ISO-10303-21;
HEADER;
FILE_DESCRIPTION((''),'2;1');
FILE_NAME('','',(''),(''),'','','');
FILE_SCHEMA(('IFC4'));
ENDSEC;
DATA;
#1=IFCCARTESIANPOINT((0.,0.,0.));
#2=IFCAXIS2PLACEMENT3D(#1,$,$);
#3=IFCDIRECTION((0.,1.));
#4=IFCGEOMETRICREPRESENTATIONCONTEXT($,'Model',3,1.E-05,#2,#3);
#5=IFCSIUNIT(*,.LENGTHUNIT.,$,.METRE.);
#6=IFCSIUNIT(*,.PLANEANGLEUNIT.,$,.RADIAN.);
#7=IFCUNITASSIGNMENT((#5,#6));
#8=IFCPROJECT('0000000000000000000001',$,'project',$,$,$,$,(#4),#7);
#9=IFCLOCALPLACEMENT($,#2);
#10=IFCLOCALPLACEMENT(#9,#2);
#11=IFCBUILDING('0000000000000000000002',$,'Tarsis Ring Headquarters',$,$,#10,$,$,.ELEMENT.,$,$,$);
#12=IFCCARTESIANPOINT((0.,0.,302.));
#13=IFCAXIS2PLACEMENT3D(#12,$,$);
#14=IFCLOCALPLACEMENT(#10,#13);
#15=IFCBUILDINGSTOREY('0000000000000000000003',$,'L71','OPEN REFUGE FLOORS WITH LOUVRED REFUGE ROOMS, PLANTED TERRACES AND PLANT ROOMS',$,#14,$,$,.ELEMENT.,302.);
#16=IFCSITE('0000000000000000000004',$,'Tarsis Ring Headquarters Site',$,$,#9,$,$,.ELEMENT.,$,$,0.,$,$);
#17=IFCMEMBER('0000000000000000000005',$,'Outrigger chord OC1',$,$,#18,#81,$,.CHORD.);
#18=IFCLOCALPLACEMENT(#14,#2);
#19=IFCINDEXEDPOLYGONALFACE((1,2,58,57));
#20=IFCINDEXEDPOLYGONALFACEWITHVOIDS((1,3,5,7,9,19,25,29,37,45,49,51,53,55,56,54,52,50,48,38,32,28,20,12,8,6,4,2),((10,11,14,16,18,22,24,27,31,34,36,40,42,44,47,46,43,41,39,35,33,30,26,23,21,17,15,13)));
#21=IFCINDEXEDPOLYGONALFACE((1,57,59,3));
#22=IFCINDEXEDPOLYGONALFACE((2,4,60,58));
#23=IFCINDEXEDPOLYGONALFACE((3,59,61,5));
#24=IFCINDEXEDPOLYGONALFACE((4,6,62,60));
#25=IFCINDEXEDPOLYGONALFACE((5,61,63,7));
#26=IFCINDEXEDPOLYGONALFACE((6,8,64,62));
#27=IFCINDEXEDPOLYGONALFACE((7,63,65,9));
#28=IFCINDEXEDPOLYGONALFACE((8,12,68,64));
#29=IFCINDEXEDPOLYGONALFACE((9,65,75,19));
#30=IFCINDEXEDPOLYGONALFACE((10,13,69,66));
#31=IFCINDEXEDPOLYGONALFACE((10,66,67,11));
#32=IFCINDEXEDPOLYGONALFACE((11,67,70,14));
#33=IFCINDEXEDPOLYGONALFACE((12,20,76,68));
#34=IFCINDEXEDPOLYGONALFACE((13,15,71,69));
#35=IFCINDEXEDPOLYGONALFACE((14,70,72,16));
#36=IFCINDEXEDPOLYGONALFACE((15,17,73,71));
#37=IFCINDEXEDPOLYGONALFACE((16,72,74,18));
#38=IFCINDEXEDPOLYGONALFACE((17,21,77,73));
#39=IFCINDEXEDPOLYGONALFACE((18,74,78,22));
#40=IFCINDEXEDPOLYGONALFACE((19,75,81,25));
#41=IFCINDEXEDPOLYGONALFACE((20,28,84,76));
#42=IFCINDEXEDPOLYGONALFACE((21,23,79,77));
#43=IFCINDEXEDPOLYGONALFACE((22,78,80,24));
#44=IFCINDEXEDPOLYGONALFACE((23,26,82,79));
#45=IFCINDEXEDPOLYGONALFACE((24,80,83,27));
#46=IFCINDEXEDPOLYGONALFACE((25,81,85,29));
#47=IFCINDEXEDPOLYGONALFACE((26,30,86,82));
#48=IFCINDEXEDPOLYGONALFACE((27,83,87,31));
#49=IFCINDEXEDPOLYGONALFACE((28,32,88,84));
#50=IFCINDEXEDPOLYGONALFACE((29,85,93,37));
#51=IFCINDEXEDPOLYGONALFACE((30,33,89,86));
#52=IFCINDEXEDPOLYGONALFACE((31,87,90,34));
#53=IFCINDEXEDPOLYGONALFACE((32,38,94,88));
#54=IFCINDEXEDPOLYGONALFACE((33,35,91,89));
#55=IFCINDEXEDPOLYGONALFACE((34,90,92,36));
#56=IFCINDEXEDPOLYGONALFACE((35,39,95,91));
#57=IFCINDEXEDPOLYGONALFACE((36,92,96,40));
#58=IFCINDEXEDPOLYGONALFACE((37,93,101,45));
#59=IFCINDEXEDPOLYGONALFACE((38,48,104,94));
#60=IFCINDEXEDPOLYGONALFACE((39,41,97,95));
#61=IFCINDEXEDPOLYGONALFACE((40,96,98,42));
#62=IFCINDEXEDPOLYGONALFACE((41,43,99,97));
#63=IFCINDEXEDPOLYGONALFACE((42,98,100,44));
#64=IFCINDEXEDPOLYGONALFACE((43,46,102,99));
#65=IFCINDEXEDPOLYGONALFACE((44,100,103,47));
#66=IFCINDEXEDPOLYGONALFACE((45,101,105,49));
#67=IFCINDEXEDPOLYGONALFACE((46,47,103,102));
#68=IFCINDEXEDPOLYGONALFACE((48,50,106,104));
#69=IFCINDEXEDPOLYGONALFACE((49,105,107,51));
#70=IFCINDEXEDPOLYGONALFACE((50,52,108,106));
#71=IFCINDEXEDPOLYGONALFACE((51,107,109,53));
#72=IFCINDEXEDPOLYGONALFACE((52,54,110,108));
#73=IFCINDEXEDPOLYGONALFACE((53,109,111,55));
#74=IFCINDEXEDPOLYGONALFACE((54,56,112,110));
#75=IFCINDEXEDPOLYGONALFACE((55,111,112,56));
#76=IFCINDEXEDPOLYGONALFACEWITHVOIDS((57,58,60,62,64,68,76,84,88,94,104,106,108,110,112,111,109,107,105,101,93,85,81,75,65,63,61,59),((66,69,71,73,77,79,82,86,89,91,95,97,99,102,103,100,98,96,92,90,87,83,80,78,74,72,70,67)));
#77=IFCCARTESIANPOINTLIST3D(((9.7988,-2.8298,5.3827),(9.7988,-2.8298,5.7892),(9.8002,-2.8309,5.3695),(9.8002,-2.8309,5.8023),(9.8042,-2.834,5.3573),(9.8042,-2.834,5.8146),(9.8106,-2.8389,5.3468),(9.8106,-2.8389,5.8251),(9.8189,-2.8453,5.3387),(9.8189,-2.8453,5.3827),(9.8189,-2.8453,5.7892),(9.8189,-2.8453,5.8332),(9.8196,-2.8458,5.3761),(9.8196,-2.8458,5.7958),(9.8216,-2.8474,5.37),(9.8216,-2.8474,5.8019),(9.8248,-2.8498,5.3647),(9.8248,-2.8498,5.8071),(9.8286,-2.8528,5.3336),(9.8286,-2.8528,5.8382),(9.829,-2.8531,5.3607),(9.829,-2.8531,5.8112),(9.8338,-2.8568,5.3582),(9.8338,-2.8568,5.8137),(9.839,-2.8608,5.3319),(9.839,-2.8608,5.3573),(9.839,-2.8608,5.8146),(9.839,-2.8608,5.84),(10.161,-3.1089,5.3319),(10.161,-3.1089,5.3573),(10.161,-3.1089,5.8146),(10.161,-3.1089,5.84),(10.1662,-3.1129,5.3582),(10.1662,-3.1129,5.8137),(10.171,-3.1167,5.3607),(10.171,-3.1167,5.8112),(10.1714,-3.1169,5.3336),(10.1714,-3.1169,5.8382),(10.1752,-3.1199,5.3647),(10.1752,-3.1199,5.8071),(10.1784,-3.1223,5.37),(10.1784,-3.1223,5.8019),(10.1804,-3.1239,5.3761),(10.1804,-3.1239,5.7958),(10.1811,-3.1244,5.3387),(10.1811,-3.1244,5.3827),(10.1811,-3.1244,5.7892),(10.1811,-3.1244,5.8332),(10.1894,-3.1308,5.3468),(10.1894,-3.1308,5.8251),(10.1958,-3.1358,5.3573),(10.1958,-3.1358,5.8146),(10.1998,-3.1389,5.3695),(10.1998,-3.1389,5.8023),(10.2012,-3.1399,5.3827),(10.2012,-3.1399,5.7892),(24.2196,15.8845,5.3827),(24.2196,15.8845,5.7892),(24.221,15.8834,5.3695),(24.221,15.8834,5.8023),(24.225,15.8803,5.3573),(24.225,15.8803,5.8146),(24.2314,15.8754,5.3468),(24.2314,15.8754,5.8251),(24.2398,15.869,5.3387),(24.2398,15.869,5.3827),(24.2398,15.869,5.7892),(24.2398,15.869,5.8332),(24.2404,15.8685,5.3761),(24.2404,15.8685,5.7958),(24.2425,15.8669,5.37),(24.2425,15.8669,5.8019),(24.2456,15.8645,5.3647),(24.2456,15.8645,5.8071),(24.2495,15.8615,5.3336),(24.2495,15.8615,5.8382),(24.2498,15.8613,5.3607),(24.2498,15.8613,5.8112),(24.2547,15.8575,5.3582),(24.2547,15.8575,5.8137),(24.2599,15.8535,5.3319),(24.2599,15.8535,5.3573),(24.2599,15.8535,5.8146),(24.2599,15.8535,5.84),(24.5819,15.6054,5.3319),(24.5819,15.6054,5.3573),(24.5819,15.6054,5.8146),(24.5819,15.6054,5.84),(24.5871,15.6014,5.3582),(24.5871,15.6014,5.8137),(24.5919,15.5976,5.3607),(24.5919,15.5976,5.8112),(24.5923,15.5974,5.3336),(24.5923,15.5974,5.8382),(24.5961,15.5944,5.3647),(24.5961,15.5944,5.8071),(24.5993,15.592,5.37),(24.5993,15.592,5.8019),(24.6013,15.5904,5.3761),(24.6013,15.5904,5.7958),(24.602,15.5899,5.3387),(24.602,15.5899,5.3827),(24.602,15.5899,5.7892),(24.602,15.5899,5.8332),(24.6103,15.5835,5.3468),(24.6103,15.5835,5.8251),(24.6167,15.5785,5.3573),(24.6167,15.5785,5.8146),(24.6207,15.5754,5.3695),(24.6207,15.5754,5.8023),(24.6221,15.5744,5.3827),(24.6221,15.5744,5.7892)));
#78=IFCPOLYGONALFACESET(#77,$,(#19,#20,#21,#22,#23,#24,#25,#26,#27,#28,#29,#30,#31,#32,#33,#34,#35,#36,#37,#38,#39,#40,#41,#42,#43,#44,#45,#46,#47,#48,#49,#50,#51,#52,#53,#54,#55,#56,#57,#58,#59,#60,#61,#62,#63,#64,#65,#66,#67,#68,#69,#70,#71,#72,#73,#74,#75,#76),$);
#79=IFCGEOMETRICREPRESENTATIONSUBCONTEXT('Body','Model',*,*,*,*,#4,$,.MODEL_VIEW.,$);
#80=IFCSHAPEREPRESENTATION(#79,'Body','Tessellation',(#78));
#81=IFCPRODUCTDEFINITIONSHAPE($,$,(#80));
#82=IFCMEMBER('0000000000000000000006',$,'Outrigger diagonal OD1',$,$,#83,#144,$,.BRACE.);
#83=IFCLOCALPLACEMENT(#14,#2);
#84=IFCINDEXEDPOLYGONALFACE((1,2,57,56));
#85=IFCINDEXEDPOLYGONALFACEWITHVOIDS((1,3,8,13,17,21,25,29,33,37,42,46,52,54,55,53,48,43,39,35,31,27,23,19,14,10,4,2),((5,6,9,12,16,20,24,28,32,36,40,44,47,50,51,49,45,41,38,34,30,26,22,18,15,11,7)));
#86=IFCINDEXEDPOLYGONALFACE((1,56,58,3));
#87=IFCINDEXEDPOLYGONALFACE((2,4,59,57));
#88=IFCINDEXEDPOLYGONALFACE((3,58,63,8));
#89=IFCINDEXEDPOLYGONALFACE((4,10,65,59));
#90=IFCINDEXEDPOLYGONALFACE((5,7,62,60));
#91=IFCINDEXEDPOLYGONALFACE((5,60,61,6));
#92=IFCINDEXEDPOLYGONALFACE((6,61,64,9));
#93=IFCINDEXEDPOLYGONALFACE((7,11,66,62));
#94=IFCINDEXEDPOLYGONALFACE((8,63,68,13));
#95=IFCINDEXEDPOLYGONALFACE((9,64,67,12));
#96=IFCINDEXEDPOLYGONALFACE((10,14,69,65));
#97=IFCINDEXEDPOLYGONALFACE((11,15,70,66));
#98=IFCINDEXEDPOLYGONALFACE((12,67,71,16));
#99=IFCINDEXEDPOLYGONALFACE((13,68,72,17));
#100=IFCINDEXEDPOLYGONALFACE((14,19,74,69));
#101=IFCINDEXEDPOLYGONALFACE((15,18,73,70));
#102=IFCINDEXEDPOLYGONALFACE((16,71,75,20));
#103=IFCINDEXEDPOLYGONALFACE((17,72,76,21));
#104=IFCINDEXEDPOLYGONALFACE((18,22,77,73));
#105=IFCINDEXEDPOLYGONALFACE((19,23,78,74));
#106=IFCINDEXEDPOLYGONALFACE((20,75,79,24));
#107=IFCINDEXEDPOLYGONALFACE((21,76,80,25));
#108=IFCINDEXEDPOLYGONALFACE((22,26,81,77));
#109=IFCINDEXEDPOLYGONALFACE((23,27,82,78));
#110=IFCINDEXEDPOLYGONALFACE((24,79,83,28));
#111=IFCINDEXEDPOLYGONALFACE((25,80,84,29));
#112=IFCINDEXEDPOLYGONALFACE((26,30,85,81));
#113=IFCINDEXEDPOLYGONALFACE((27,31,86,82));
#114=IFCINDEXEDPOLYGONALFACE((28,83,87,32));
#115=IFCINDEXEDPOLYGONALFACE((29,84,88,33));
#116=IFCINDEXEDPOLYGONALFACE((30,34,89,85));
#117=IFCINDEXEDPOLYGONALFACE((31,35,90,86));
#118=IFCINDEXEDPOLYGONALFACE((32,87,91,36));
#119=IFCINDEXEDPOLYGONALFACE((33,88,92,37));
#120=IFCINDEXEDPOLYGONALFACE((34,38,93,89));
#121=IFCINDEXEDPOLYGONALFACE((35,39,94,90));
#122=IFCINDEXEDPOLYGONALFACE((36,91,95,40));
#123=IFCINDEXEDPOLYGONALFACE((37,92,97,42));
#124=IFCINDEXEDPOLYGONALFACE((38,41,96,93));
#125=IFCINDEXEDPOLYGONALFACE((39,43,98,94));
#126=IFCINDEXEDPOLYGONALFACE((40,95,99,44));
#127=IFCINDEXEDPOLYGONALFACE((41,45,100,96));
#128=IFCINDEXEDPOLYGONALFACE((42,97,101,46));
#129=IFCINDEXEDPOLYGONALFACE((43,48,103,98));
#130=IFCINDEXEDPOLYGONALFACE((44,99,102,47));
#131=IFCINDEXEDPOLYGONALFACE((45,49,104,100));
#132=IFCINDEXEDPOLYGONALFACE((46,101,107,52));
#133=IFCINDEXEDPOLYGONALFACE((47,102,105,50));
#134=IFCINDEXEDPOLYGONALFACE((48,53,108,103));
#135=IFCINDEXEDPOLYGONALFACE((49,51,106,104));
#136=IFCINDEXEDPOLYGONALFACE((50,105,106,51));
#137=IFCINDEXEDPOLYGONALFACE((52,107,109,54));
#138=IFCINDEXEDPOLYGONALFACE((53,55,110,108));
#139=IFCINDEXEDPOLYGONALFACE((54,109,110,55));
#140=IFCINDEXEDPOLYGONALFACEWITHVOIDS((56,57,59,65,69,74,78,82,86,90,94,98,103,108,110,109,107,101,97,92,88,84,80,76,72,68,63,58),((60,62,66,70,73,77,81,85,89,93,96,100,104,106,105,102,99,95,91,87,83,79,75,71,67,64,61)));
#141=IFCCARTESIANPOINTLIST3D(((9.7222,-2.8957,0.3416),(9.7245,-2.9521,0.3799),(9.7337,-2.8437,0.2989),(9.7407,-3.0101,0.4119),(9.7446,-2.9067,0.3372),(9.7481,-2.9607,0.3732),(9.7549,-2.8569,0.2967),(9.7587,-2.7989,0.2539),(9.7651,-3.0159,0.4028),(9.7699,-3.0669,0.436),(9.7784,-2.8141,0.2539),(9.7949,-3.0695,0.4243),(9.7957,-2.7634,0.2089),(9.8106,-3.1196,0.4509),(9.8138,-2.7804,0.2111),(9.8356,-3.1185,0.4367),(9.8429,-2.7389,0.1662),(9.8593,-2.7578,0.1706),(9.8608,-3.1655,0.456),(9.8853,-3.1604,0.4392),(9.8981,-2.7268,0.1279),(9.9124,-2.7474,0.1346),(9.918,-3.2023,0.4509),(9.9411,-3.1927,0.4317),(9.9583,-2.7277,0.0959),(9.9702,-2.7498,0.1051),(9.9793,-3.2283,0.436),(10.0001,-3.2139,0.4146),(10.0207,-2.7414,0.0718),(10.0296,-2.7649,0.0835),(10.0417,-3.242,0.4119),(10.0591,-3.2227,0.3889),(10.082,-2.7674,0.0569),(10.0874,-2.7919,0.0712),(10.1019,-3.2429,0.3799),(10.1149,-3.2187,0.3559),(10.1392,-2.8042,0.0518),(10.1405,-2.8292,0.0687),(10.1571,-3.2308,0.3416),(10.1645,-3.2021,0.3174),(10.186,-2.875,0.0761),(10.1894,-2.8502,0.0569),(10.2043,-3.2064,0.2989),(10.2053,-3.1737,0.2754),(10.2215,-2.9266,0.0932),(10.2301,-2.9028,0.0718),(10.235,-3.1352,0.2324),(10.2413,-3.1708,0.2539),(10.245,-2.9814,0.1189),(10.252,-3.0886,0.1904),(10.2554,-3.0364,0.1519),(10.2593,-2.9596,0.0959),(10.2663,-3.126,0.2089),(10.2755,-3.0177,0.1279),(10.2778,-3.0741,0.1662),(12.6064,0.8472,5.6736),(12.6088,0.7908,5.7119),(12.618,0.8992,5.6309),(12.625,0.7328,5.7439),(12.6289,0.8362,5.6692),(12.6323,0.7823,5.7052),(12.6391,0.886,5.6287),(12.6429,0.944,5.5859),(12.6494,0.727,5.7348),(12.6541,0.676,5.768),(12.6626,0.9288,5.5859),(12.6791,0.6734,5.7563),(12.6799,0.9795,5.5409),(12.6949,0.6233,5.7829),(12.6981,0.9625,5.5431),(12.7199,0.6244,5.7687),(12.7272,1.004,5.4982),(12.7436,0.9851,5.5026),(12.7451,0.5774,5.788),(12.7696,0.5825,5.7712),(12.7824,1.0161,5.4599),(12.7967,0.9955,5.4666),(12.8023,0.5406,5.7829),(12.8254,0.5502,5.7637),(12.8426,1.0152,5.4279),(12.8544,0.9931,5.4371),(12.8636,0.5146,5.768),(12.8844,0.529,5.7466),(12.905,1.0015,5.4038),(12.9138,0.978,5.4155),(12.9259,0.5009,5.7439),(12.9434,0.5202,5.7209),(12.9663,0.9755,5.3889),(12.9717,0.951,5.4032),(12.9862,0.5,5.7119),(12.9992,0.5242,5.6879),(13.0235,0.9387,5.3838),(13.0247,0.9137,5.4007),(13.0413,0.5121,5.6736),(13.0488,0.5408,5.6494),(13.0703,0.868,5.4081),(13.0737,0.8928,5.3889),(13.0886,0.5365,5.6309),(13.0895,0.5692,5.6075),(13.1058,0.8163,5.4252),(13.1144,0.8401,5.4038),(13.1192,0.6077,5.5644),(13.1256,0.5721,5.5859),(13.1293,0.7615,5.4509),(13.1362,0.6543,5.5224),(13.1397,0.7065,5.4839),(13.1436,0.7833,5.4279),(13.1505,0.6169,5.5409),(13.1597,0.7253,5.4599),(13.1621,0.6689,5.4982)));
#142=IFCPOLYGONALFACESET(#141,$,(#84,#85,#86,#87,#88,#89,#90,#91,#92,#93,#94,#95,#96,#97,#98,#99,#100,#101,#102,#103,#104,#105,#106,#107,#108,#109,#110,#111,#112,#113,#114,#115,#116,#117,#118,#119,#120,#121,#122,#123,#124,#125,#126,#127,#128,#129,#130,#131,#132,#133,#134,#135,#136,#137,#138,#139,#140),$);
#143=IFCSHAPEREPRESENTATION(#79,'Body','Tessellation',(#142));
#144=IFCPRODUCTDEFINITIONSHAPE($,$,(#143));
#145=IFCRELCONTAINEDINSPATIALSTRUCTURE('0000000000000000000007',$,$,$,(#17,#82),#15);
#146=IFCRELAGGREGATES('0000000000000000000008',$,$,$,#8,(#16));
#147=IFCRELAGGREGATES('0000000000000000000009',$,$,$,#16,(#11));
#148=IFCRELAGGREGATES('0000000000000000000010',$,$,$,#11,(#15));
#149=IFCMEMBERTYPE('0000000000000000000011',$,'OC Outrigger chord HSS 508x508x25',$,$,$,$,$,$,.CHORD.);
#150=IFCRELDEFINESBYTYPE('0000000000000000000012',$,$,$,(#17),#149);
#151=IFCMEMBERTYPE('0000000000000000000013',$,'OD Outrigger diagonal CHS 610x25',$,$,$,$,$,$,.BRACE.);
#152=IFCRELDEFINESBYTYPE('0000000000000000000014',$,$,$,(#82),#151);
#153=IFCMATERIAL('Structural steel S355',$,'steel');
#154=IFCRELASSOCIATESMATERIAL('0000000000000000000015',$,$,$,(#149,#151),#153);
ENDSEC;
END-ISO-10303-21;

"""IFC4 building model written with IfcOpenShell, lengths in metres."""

from ifc_helpers import new_model, si_unit, direction, frame, origin, origin_2d, place, context, subcontext, project, spatial, hollow_rectangle, hollow_circle, extrude, material, material_profile, profile_set, type_object, element, save


model = new_model("IFC4")

# Units and contexts
model_context = context("Model", 3, precision=1e-05, world=origin(), true_north=direction((0.0, 1.0)))
body_context = subcontext(model_context, "Body", "Model", "MODEL_VIEW")
ifc_project = project(units=[si_unit("LENGTHUNIT", "METRE"), si_unit("PLANEANGLEUNIT", "RADIAN")], contexts=[model_context])

# Site, building, storey
site_placement = place(None, origin())
site = spatial("IfcSite", under=ifc_project, at=site_placement, Name="Tarsis Ring Headquarters Site", CompositionType="ELEMENT", RefElevation=0.0)
building_placement = place(site_placement, origin())
building = spatial("IfcBuilding", under=site, at=building_placement, Name="Tarsis Ring Headquarters", CompositionType="ELEMENT")
storey_placement = place(building_placement, frame((0.0, 0.0, 302.0)))
storey = spatial("IfcBuildingStorey", under=building, at=storey_placement, Name="L71", Description="OPEN REFUGE FLOORS WITH LOUVRED REFUGE ROOMS, PLANTED TERRACES AND PLANT ROOMS", CompositionType="ELEMENT", Elevation=302.0)

# Shared definitions
ifc_material_1 = material(Name="Structural steel S355", Category="steel")

# Members
ifc_material_profile_1 = material_profile(ifc_material_1, hollow_rectangle(XDim=0.5081, YDim=0.5081, WallThickness=0.0254, InnerFilletRadius=0.0254, OuterFilletRadius=0.0508, at=origin_2d()), Name="HSS 508x508x25")
ifc_profile_set_1 = profile_set([ifc_material_profile_1], Name="Structural steel S355")
member_type_1 = type_object("IfcMemberType", Name="OC Outrigger chord HSS 508x508x25", PredefinedType="CHORD", material=ifc_profile_set_1)
member_1_placement = place(storey_placement, frame((10.0, -2.9849, 5.5859), z_axis=(0.610382, 0.792107, 0.0), x_axis=(-0.792107, 0.610382, 0.0)))
element("IfcMember", 1, at=member_1_placement, inside=storey, type_object=member_type_1, Name="Outrigger chord OC1", PredefinedType="CHORD", context=body_context, shape_type="SweptSolid", body=[
    extrude(hollow_rectangle(XDim=0.5081, YDim=0.5081, WallThickness=0.0254, InnerFilletRadius=0.0254, OuterFilletRadius=0.0508, at=origin_2d()), origin(), (0.0, 0.0, 1.0), 23.626),
])
ifc_material_profile_2 = material_profile(ifc_material_1, hollow_circle(Radius=0.3047, WallThickness=0.0249, at=origin_2d()), Name="CHS 610x25")
ifc_profile_set_2 = profile_set([ifc_material_profile_2], Name="Structural steel S355")
member_type_2 = type_object("IfcMemberType", Name="OD Outrigger diagonal CHS 610x25", PredefinedType="BRACE", material=ifc_profile_set_2)
member_2_placement = place(storey_placement, frame((10.0, -2.9849, 0.2539), z_axis=(0.404837, 0.525356, 0.748404), x_axis=(-0.792101, 0.61039, 0.0)))
element("IfcMember", 2, at=member_2_placement, inside=storey, type_object=member_type_2, Name="Outrigger diagonal OD1", PredefinedType="BRACE", context=body_context, shape_type="SweptSolid", body=[
    extrude(hollow_circle(Radius=0.3047, WallThickness=0.0249, at=origin_2d()), origin(), (0.0, 0.0, 1.0), 7.1245),
])

save(model, "model.ifc")
